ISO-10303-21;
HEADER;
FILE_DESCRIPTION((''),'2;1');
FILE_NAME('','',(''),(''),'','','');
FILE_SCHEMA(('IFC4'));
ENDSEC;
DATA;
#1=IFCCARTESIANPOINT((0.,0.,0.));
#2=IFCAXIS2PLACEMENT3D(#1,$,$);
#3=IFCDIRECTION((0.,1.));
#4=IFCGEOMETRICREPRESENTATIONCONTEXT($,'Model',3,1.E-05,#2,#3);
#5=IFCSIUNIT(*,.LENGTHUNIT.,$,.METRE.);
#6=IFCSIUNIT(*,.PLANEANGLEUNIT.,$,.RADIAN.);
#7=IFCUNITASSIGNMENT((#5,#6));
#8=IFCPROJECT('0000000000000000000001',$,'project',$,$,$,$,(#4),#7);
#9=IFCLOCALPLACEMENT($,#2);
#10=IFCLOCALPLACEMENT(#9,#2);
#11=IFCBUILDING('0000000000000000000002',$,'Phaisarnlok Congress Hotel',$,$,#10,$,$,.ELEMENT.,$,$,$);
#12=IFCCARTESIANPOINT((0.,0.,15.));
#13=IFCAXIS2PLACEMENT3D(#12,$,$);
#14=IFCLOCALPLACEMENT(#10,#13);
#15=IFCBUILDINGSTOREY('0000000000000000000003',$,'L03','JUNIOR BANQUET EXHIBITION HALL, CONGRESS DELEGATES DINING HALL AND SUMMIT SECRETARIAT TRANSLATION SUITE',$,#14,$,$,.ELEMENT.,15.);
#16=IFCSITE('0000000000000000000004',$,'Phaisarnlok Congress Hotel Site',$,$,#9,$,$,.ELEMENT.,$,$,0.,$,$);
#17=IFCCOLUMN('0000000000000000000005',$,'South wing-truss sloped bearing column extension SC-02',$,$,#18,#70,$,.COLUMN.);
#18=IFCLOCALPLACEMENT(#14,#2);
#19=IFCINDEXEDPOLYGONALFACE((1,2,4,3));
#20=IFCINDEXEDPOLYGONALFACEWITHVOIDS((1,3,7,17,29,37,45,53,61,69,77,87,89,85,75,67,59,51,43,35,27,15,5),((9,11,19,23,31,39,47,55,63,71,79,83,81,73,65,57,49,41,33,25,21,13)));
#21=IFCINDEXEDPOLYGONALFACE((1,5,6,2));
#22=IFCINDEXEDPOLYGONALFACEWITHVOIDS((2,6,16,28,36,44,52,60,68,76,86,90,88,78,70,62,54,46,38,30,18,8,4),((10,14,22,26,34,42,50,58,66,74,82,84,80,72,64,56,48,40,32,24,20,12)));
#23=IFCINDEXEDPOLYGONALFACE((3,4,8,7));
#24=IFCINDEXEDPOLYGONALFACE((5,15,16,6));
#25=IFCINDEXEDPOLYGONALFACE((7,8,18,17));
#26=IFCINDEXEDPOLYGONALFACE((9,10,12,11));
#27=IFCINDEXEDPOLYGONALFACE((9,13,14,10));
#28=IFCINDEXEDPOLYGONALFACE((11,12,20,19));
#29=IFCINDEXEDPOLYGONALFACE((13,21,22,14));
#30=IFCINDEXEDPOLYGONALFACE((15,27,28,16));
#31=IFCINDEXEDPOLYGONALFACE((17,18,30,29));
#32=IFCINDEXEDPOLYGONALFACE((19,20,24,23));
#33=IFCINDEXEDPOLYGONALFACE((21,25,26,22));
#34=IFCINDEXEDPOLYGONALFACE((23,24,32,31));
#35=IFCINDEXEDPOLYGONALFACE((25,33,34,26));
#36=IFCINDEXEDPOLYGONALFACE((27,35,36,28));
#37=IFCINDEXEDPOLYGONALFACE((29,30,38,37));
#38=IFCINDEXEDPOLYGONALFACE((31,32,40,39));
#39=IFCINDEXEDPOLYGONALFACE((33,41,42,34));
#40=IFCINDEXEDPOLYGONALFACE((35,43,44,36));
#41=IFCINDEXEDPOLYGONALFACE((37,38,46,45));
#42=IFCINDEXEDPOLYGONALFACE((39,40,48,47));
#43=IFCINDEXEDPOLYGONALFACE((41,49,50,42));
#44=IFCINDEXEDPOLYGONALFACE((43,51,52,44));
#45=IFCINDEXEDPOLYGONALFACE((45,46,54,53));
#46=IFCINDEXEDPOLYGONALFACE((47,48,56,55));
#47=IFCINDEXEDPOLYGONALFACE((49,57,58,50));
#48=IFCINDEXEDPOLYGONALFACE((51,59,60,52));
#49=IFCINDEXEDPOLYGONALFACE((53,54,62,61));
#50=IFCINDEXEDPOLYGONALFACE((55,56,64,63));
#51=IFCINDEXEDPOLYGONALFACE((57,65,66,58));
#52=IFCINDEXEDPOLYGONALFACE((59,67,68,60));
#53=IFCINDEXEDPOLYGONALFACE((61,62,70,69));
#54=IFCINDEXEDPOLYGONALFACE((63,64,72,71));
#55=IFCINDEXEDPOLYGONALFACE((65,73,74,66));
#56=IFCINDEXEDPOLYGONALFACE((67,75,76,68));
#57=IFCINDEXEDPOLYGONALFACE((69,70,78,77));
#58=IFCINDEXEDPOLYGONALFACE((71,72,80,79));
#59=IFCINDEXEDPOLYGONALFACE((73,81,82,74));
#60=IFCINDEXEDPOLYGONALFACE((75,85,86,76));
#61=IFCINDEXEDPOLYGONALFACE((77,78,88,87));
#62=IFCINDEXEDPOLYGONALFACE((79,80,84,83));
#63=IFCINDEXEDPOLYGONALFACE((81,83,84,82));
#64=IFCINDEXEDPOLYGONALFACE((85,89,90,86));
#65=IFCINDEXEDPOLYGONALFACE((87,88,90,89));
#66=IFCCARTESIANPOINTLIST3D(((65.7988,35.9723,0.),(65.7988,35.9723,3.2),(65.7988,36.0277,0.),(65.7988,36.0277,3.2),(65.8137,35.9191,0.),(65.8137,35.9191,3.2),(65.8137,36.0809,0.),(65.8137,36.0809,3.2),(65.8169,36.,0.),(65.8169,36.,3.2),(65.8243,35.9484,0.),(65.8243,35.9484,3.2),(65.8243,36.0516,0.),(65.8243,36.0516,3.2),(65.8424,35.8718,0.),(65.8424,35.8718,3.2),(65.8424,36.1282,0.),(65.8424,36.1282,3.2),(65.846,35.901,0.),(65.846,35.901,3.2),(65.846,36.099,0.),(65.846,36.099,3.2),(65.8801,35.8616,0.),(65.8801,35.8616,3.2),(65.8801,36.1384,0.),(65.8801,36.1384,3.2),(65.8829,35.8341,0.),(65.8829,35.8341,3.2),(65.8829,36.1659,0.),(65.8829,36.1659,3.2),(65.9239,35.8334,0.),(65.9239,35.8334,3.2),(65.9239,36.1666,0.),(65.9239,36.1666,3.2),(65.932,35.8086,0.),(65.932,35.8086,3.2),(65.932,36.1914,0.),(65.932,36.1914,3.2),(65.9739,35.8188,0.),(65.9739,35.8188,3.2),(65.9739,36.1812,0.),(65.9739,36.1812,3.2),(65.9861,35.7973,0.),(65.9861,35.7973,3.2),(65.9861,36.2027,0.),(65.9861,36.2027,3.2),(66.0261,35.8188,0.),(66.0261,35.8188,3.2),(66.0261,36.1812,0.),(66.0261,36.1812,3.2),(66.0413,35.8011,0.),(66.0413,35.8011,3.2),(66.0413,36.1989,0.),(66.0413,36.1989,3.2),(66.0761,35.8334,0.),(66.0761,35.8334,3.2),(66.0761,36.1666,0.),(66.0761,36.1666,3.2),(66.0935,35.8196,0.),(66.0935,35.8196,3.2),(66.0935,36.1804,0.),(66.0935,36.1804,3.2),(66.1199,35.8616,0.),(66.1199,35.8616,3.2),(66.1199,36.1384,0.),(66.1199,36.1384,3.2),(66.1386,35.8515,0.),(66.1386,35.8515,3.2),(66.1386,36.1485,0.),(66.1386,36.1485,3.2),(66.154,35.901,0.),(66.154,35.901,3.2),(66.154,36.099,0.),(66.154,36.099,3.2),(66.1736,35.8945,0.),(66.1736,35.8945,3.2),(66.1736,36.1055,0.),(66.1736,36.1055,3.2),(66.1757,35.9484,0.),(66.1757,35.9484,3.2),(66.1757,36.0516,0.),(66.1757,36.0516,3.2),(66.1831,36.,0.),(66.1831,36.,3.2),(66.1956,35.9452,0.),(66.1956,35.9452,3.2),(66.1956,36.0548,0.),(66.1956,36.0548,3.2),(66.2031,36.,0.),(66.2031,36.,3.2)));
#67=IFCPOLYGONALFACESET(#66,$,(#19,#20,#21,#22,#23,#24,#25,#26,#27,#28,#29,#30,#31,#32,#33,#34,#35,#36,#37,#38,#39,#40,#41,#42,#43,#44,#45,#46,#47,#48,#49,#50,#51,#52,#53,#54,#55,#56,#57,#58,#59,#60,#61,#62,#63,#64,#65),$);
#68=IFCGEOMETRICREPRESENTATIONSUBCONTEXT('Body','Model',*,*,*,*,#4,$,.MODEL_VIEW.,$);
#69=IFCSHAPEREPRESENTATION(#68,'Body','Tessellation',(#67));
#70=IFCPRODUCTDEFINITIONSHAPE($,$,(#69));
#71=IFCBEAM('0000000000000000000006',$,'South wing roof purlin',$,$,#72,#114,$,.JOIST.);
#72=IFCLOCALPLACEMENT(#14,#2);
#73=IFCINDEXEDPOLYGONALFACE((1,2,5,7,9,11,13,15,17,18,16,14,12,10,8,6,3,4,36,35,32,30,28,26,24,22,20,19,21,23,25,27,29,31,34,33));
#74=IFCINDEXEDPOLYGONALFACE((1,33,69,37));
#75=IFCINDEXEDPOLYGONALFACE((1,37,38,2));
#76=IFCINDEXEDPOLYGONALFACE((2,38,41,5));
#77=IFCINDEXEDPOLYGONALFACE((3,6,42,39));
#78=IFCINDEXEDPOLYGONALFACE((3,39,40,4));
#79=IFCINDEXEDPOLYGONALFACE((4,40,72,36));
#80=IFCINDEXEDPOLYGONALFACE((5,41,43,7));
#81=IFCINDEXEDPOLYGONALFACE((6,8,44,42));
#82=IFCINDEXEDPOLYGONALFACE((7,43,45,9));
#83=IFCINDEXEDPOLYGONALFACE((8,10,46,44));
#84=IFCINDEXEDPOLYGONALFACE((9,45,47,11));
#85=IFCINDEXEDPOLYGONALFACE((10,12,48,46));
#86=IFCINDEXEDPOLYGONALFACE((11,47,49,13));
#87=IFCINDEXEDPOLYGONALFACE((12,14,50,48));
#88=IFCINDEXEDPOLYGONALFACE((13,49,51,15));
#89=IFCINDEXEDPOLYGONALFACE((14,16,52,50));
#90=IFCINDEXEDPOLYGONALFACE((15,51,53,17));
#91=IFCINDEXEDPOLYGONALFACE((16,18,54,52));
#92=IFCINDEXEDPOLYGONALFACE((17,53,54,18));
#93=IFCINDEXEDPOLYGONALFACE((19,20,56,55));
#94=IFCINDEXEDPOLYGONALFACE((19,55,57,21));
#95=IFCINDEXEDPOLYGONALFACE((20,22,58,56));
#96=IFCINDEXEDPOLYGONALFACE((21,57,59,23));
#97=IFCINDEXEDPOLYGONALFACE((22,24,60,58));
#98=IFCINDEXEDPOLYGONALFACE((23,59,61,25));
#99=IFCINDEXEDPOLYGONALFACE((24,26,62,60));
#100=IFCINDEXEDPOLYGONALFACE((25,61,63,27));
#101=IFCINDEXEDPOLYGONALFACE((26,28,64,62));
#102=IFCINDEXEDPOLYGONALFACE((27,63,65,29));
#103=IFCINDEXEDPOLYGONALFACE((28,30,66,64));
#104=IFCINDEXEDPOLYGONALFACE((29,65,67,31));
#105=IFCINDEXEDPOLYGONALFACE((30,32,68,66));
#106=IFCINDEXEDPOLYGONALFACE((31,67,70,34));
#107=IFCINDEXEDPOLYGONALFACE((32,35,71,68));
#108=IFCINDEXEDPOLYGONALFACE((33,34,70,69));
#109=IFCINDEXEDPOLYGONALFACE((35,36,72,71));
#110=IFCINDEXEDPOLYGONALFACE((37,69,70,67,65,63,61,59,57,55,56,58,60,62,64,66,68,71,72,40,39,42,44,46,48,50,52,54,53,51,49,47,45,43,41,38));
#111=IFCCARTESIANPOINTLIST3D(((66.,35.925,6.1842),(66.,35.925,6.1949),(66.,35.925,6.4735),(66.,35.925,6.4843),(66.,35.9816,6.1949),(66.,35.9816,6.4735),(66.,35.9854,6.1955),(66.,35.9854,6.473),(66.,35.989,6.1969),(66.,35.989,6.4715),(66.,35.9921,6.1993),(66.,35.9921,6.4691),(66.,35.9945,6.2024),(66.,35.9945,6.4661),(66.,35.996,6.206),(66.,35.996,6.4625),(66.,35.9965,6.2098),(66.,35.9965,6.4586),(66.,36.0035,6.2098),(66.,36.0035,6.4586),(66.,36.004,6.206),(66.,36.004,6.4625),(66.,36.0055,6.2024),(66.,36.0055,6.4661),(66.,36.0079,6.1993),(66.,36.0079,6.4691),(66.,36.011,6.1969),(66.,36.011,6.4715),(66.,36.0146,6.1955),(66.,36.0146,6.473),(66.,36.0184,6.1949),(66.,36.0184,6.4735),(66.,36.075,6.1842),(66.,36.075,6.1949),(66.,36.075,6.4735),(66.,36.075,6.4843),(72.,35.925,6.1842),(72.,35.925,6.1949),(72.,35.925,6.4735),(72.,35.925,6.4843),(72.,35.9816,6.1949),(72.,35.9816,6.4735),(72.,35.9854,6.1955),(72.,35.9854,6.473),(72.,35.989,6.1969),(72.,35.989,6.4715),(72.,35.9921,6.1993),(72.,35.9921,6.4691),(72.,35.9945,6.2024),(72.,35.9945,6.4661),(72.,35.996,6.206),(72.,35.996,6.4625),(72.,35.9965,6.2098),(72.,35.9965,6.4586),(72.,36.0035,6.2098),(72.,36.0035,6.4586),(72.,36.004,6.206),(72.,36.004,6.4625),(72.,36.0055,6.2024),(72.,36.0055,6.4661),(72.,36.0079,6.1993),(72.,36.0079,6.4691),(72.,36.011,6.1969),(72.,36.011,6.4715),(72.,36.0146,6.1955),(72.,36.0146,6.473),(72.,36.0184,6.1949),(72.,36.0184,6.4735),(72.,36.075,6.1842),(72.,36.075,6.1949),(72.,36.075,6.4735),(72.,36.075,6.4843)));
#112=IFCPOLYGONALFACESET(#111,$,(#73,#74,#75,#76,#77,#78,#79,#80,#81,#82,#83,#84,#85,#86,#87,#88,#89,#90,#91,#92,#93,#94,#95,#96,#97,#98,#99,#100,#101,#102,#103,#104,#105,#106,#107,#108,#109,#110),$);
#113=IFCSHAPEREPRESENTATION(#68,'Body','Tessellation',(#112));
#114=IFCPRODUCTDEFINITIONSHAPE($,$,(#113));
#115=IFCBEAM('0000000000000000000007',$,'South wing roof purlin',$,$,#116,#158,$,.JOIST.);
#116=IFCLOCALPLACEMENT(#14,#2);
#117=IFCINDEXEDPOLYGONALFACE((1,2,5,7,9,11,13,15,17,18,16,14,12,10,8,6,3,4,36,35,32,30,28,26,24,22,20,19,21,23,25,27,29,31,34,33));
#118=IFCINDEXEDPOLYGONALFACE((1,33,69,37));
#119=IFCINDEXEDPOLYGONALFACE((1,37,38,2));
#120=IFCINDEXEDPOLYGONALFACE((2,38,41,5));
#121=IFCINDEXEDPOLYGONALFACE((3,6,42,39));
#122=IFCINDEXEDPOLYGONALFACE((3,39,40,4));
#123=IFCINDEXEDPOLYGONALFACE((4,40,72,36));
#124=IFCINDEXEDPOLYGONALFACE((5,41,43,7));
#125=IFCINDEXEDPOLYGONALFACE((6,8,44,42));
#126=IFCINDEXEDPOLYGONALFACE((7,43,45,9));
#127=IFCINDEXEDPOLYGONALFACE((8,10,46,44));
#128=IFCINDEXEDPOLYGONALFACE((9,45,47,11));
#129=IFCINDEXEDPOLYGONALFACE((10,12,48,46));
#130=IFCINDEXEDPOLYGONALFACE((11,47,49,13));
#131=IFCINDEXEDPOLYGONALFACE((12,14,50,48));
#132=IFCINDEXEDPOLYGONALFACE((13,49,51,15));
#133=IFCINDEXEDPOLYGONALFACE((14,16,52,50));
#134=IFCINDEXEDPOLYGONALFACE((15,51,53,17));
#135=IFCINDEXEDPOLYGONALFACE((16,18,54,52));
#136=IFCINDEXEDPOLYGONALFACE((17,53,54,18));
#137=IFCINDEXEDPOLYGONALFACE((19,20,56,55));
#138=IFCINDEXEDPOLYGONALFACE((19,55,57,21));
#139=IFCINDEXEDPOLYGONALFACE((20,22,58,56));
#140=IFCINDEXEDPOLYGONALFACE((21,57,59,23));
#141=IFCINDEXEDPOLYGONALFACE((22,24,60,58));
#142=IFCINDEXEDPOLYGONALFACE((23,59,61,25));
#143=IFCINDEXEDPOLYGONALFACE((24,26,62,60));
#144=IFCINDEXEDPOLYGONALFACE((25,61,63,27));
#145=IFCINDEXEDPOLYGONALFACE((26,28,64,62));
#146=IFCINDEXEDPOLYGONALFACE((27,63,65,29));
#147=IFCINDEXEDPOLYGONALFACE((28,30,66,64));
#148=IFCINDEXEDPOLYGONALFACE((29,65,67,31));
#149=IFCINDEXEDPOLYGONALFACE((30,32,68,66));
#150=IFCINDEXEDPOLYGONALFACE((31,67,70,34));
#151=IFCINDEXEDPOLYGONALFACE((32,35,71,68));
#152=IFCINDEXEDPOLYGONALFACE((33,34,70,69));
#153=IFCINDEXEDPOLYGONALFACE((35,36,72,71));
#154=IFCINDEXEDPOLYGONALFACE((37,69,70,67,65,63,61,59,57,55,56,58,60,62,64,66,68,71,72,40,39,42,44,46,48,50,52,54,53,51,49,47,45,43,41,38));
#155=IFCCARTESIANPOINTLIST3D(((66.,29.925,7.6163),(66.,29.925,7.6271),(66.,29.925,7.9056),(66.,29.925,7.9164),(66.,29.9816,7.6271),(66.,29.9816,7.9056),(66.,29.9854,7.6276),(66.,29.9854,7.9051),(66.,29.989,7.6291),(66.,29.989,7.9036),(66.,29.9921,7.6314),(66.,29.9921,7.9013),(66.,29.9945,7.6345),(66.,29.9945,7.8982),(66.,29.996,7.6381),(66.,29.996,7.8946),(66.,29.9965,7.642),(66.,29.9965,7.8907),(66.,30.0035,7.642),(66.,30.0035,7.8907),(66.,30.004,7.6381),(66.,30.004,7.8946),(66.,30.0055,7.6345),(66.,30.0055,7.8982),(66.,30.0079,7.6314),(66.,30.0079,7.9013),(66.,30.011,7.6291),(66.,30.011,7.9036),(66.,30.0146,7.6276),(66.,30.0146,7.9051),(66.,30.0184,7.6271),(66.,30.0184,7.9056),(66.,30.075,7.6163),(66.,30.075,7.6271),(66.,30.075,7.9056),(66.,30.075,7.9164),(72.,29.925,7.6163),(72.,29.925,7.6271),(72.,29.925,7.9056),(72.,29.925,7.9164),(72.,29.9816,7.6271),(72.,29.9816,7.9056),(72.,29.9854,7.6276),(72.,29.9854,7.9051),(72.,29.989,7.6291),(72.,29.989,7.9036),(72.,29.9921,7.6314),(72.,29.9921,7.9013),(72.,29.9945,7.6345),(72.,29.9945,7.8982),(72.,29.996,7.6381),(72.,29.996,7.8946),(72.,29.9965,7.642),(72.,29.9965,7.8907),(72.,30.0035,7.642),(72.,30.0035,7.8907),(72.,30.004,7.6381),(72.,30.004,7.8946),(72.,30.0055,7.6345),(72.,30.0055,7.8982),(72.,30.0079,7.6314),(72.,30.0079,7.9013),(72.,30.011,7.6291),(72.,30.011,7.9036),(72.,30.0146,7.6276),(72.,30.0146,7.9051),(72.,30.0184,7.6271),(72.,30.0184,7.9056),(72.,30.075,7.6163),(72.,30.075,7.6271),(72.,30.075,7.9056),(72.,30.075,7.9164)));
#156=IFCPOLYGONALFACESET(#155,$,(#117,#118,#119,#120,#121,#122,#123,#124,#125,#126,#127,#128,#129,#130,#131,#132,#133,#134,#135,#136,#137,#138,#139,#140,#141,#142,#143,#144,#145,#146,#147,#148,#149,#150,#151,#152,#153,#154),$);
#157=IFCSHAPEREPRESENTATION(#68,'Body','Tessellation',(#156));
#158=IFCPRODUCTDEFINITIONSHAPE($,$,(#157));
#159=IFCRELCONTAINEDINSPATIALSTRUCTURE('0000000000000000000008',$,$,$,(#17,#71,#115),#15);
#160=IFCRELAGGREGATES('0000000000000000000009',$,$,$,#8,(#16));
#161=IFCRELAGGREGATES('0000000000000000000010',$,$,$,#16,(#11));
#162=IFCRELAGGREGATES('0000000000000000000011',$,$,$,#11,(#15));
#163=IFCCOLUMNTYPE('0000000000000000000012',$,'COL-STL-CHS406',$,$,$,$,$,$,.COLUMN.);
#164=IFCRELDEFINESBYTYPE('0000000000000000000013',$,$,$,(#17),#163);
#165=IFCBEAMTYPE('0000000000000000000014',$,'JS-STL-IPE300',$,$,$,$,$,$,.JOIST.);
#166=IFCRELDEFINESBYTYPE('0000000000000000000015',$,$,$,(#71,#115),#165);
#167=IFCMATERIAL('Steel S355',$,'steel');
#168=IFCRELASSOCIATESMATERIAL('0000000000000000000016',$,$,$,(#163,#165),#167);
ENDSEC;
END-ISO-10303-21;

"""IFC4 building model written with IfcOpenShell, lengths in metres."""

from ifc_helpers import new_model, si_unit, direction, frame, origin, origin_2d, place, context, subcontext, project, spatial, hollow_circle, i_section, extrude, material, material_profile, profile_set, type_object, element, save


model = new_model("IFC4")

# Units and contexts
model_context = context("Model", 3, precision=1e-05, world=origin(), true_north=direction((0.0, 1.0)))
body_context = subcontext(model_context, "Body", "Model", "MODEL_VIEW")
ifc_project = project(units=[si_unit("LENGTHUNIT", "METRE"), si_unit("PLANEANGLEUNIT", "RADIAN")], contexts=[model_context])

# Site, building, storey
site_placement = place(None, origin())
site = spatial("IfcSite", under=ifc_project, at=site_placement, Name="Phaisarnlok Congress Hotel Site", CompositionType="ELEMENT", RefElevation=0.0)
building_placement = place(site_placement, origin())
building = spatial("IfcBuilding", under=site, at=building_placement, Name="Phaisarnlok Congress Hotel", CompositionType="ELEMENT")
storey_placement = place(building_placement, frame((0.0, 0.0, 15.0)))
storey = spatial("IfcBuildingStorey", under=building, at=storey_placement, Name="L03", Description="JUNIOR BANQUET EXHIBITION HALL, CONGRESS DELEGATES DINING HALL AND SUMMIT SECRETARIAT TRANSLATION SUITE", CompositionType="ELEMENT", Elevation=15.0)

# Column
ifc_material_1 = material(Name="Steel S355", Category="steel")
ifc_material_profile_1 = material_profile(ifc_material_1, hollow_circle(Radius=0.2031, WallThickness=0.02, at=origin_2d()), Name="CHS 406.4x20")
ifc_profile_set_1 = profile_set([ifc_material_profile_1], Name="Steel S355")
column_type = type_object("IfcColumnType", Name="COL-STL-CHS406", PredefinedType="COLUMN", material=ifc_profile_set_1)
column_placement = place(storey_placement, frame((66.0, 36.0, 0.0), z_axis=(0.0, 0.0, 1.0), x_axis=(1.0, 0.0, 0.0)))
element("IfcColumn", 1, at=column_placement, inside=storey, type_object=column_type, Name="South wing-truss sloped bearing column extension SC-02", PredefinedType="COLUMN", context=body_context, shape_type="SweptSolid", body=[
    extrude(hollow_circle(Radius=0.2031, WallThickness=0.02, at=origin_2d()), origin(), (0.0, 0.0, 1.0), 3.2),
])

# Beams
ifc_material_profile_2 = material_profile(ifc_material_1, i_section(OverallWidth=0.1499, OverallDepth=0.3, WebThickness=0.0071, FlangeThickness=0.0107, FilletRadius=0.0149, at=origin_2d()), Name="IPE 300")
ifc_profile_set_2 = profile_set([ifc_material_profile_2], Name="Steel S355")
beam_type = type_object("IfcBeamType", Name="JS-STL-IPE300", PredefinedType="JOIST", material=ifc_profile_set_2)
for number, where, z_axis, x_axis, name in (
    (2, (66.0, 36.0, 6.3342), (1.0, 0.0, 0.0), (0.0, 1.0, 0.0), "South wing roof purlin"),
    (3, (66.0, 30.0, 7.7664), (1.0, 0.0, 0.0), (0.0, 1.0, 0.0), "South wing roof purlin"),
):
    element("IfcBeam", number, at=place(storey_placement, frame(where, z_axis=z_axis, x_axis=x_axis)), inside=storey, type_object=beam_type, Name=name, PredefinedType="JOIST", context=body_context, shape_type="SweptSolid", body=[
        extrude(i_section(OverallWidth=0.1499, OverallDepth=0.3, WebThickness=0.0071, FlangeThickness=0.0107, FilletRadius=0.0149, at=origin_2d()), origin(), (0.0, 0.0, 1.0), 6.0),
    ])

save(model, "model.ifc")
